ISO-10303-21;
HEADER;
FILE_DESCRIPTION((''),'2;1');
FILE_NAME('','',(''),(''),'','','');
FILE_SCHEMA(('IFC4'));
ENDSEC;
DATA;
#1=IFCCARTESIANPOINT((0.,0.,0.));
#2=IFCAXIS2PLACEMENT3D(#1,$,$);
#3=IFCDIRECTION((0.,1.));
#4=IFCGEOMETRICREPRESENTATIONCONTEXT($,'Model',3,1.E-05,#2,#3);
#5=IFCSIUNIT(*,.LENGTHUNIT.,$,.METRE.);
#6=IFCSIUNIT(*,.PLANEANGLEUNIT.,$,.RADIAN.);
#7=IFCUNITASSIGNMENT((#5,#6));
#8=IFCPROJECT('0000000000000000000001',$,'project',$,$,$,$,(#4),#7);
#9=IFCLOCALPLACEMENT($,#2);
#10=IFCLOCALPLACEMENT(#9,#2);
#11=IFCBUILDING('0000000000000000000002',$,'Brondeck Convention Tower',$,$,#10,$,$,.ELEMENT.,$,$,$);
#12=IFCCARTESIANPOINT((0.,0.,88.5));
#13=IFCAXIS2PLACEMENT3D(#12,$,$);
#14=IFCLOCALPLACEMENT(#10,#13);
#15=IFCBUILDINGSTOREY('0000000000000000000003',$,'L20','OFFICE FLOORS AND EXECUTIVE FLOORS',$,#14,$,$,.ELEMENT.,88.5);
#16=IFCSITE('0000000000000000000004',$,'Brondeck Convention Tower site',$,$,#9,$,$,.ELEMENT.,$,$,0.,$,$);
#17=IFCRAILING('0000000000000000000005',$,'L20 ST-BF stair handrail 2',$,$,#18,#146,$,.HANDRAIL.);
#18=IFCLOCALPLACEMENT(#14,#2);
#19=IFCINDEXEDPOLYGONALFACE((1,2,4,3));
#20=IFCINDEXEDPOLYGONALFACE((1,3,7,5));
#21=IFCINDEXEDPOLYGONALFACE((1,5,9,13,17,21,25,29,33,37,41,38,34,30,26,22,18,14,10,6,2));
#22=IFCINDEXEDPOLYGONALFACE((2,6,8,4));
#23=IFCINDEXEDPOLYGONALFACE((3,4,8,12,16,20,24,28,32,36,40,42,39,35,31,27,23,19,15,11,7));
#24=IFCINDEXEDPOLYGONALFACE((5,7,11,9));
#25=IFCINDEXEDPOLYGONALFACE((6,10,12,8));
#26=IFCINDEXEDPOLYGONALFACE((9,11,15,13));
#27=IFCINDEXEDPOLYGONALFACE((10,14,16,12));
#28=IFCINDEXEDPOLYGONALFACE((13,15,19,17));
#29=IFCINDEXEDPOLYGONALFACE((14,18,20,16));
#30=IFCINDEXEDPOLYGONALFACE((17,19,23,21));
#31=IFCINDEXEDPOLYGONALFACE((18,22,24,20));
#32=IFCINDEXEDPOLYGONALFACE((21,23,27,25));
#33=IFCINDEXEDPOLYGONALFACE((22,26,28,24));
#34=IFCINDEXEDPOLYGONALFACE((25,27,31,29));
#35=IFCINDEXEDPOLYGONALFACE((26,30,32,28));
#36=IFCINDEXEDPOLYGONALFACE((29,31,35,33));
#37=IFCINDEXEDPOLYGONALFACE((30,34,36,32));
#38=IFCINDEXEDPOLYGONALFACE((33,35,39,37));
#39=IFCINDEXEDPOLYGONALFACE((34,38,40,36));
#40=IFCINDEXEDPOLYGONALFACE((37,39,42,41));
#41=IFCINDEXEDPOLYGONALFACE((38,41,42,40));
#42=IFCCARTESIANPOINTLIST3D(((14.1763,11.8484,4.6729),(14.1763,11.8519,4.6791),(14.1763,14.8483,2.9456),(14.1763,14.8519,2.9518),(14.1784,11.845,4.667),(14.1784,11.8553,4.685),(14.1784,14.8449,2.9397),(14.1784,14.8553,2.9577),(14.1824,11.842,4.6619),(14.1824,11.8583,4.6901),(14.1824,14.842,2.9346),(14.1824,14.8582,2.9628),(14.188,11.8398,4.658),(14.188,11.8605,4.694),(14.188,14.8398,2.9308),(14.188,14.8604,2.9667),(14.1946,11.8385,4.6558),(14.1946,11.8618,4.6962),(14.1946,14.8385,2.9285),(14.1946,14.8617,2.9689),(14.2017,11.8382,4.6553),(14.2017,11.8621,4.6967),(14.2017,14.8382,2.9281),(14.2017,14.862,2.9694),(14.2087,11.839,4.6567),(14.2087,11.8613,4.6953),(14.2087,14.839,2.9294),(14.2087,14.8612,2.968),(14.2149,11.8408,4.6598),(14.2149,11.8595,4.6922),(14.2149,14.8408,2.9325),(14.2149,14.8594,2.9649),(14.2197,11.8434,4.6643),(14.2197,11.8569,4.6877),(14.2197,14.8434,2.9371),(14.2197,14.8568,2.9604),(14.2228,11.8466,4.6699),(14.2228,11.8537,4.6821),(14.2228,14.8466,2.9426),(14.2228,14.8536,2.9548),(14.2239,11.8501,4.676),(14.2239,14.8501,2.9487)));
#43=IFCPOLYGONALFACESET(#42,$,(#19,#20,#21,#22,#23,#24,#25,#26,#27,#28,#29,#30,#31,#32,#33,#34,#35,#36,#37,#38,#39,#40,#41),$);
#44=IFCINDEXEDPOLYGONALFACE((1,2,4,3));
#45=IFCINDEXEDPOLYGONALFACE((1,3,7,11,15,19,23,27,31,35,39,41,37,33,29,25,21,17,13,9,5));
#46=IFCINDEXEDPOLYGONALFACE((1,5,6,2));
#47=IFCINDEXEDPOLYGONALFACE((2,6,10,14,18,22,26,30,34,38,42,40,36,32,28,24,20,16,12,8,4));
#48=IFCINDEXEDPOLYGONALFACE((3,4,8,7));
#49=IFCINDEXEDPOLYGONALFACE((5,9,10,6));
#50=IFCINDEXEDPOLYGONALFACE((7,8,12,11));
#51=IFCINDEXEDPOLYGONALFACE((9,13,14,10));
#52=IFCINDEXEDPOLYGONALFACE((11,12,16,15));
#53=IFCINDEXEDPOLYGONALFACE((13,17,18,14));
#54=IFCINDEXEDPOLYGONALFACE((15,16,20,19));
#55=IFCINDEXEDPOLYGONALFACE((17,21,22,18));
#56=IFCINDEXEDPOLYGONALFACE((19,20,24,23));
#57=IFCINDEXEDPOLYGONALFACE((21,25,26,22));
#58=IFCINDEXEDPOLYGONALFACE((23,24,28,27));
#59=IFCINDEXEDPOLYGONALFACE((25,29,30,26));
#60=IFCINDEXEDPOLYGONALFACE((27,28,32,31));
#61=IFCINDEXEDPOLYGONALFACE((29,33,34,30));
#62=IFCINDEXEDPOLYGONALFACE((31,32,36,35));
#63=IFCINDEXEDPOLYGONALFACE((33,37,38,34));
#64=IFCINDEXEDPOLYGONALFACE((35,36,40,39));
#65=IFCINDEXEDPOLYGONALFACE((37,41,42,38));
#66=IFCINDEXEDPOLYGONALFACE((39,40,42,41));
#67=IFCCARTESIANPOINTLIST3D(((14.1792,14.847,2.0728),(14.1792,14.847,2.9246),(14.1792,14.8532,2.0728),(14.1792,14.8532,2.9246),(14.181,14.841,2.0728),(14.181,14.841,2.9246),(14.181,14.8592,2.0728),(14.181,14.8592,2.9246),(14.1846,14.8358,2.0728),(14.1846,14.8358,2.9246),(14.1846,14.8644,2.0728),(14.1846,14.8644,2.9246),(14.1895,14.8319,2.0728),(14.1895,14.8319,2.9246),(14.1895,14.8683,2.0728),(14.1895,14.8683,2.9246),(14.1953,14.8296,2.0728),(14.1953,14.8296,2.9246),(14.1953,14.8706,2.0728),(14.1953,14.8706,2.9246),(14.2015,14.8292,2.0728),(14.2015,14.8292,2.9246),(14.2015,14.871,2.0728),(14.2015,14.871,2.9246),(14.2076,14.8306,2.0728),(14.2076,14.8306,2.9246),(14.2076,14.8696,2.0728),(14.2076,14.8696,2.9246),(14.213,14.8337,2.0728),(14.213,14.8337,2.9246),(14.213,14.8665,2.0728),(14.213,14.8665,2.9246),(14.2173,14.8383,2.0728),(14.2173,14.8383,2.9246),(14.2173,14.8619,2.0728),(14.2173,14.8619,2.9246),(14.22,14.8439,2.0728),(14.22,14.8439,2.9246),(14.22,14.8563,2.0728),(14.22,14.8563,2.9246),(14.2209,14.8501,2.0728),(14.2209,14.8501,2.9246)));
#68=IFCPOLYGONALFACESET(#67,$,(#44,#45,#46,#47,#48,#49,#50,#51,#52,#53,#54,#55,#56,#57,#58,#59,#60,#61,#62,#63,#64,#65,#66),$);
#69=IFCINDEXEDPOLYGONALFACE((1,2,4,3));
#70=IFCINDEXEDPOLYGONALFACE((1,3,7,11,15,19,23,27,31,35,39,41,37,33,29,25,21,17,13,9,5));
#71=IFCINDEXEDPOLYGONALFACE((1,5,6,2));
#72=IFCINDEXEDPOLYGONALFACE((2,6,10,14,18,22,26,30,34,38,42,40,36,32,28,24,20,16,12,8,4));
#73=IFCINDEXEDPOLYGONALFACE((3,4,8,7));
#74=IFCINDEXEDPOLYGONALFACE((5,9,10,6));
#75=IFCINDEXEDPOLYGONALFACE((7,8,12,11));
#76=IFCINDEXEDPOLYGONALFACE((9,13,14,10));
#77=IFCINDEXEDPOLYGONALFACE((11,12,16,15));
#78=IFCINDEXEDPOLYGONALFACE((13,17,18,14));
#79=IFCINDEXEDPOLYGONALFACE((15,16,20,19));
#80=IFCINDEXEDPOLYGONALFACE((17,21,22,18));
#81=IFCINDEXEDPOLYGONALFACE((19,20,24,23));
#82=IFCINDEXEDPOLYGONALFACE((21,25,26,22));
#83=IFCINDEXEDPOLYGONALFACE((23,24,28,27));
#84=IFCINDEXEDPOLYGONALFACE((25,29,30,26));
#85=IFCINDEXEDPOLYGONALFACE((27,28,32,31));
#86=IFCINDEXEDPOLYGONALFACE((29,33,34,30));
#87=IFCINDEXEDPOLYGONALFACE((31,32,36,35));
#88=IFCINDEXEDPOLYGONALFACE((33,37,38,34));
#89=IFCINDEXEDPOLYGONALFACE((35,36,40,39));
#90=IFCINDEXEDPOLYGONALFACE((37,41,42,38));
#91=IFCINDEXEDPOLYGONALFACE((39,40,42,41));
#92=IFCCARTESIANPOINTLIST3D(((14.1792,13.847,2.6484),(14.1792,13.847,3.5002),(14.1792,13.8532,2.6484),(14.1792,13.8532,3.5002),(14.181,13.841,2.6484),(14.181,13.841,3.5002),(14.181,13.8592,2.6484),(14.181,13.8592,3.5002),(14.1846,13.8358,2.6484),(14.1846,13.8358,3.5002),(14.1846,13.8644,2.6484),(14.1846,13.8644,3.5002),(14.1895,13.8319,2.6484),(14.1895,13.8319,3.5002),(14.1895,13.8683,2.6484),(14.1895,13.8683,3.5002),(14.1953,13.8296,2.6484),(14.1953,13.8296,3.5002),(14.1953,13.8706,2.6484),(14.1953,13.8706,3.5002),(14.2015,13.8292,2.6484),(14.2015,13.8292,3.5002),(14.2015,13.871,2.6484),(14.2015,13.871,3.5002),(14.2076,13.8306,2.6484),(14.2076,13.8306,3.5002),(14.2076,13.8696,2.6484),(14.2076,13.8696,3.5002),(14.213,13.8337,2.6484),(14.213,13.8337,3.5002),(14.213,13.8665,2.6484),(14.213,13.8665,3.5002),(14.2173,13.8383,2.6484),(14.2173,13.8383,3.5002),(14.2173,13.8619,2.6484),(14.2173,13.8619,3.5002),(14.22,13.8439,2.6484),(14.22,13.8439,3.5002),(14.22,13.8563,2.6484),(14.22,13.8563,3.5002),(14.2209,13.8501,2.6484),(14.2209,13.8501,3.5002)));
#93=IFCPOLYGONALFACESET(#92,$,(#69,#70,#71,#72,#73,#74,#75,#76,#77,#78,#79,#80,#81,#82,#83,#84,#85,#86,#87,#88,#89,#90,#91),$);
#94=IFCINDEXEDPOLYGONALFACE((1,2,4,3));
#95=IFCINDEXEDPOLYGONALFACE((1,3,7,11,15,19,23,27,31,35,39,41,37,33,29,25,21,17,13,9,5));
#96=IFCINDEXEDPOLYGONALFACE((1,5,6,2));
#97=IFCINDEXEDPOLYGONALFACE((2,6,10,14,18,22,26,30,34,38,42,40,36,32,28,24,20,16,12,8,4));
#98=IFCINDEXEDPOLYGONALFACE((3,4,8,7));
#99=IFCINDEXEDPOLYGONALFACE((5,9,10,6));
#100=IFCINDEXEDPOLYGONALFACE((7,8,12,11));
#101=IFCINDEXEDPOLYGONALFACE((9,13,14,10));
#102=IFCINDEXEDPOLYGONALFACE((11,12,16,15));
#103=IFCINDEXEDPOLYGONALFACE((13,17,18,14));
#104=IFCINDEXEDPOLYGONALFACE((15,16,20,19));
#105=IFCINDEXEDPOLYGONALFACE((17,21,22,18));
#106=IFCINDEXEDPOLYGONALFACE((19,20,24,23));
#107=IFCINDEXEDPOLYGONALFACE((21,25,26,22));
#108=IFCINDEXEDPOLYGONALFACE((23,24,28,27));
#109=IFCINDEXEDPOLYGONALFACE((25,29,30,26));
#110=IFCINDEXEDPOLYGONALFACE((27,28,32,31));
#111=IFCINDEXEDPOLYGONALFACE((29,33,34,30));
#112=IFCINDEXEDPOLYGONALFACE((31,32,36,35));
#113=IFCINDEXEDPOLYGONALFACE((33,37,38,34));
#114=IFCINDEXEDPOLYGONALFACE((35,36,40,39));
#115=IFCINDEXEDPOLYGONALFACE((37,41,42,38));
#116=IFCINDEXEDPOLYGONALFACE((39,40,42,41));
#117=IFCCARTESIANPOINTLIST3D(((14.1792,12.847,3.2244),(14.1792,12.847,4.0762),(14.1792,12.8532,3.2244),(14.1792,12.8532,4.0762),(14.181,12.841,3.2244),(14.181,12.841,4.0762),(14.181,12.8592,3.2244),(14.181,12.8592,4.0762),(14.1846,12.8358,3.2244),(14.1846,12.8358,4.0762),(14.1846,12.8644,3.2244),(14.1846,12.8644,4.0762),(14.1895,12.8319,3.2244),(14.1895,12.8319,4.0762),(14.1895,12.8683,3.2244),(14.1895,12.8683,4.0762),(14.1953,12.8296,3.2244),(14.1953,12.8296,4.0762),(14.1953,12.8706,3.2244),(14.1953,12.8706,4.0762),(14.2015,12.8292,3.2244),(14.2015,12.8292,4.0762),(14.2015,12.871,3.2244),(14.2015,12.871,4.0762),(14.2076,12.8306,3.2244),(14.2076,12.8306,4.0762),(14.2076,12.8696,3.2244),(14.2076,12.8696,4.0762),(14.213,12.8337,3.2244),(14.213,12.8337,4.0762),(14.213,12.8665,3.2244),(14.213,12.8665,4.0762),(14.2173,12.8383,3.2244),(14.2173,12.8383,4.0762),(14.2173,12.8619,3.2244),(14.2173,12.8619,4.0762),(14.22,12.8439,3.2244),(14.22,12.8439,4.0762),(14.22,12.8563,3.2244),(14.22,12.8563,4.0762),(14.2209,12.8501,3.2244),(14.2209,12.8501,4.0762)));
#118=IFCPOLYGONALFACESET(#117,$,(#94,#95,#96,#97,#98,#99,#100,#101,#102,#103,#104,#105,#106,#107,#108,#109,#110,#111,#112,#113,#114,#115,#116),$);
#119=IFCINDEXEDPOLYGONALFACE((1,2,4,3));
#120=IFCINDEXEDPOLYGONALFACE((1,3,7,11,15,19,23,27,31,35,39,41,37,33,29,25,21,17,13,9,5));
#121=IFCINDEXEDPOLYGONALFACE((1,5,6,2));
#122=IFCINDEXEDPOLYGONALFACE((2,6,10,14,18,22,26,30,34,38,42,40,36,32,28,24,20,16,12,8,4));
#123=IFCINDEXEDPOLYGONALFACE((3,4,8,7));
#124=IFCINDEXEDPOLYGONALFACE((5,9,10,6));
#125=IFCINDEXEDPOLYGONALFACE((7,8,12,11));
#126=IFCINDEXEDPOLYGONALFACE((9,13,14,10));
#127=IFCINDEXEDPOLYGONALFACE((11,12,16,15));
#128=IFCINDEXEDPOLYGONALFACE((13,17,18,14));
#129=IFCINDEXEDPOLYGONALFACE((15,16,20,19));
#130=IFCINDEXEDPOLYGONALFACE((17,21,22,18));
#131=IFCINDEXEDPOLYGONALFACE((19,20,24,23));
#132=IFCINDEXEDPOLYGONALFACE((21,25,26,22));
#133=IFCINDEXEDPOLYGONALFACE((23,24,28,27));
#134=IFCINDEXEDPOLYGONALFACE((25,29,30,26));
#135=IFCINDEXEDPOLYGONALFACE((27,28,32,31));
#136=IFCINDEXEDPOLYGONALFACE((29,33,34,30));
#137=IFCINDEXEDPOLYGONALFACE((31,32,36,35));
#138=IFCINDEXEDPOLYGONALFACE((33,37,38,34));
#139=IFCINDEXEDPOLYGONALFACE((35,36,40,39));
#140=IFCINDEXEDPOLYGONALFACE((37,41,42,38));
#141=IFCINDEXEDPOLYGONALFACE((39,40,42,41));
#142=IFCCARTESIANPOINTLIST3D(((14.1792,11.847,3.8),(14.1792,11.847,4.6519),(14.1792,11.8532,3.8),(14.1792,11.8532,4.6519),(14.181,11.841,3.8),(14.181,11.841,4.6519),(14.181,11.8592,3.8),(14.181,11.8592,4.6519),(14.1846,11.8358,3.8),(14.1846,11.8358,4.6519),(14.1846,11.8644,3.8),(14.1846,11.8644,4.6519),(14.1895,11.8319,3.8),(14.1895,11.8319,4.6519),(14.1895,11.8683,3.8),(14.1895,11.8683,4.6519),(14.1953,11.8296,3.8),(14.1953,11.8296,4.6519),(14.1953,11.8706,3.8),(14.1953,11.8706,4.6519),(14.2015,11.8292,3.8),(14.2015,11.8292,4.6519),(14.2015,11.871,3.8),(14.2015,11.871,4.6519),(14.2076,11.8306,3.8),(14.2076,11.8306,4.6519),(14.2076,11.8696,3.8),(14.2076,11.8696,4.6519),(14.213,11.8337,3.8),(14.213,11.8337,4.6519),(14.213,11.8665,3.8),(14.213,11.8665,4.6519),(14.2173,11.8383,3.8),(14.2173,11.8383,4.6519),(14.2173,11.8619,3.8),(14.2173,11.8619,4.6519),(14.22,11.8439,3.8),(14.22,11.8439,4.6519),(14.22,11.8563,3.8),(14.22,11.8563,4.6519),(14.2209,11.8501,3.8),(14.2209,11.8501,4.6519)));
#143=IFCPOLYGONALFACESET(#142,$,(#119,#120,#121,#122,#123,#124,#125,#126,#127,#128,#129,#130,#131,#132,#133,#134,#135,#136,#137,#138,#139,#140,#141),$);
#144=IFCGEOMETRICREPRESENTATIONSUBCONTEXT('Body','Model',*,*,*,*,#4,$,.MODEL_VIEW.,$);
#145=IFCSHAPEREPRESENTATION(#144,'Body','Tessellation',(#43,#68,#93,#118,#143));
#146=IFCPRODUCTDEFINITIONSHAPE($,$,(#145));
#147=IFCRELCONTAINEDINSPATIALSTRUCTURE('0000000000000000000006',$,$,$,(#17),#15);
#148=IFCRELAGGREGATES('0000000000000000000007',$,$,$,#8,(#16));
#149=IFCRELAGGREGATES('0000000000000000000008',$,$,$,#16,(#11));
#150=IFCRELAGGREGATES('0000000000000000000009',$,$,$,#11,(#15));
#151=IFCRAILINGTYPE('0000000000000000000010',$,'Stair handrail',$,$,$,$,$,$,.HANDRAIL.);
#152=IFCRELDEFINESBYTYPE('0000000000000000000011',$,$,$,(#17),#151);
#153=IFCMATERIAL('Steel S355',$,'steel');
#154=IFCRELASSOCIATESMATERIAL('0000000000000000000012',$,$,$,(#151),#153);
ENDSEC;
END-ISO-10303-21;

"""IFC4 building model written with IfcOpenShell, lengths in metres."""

from ifc_helpers import new_model, si_unit, direction, frame, origin, origin_2d, place, context, subcontext, project, spatial, circle, extrude, material, type_object, element, save


model = new_model("IFC4")

# Units and contexts
model_context = context("Model", 3, precision=1e-05, world=origin(), true_north=direction((0.0, 1.0)))
body_context = subcontext(model_context, "Body", "Model", "MODEL_VIEW")
ifc_project = project(units=[si_unit("LENGTHUNIT", "METRE"), si_unit("PLANEANGLEUNIT", "RADIAN")], contexts=[model_context])

# Site, building, storey
site_placement = place(None, origin())
site = spatial("IfcSite", under=ifc_project, at=site_placement, Name="Brondeck Convention Tower site", CompositionType="ELEMENT", RefElevation=0.0)
building_placement = place(site_placement, origin())
building = spatial("IfcBuilding", under=site, at=building_placement, Name="Brondeck Convention Tower", CompositionType="ELEMENT")
storey_placement = place(building_placement, frame((0.0, 0.0, 88.5)))
storey = spatial("IfcBuildingStorey", under=building, at=storey_placement, Name="L20", Description="OFFICE FLOORS AND EXECUTIVE FLOORS", CompositionType="ELEMENT", Elevation=88.5)

# Shared definitions
ifc_material_1 = material(Name="Steel S355", Category="steel")

# Railing
railing_type_1 = type_object("IfcRailingType", Name="Stair handrail", PredefinedType="HANDRAIL", material=ifc_material_1)
railing_1_placement = place(storey_placement, frame((14.2, 14.8501, 2.0728)))
element("IfcRailing", 1, at=railing_1_placement, inside=storey, type_object=railing_type_1, Name="L20 ST-BF stair handrail 2", PredefinedType="HANDRAIL", context=body_context, shape_type="SweptSolid", body=[
    extrude(circle(Radius=0.0239, at=origin_2d()), frame((0.0, 0.0, 0.876), z_axis=(0.0, -0.86662, 0.498969), x_axis=(1.0, 0.0, 0.0)), (0.0, 0.0, 1.0), 3.4617),
    extrude(circle(Radius=0.021, at=origin_2d()), origin(), (0.0, 0.0, 1.0), 0.8518),
    extrude(circle(Radius=0.021, at=origin_2d()), frame((0.0, -1.0, 0.5757)), (0.0, 0.0, 1.0), 0.8518),
    extrude(circle(Radius=0.021, at=origin_2d()), frame((0.0, -2.0, 1.1516)), (0.0, 0.0, 1.0), 0.8518),
    extrude(circle(Radius=0.021, at=origin_2d()), frame((0.0, -3.0, 1.7273)), (0.0, 0.0, 1.0), 0.8518),
])

save(model, "model.ifc")
